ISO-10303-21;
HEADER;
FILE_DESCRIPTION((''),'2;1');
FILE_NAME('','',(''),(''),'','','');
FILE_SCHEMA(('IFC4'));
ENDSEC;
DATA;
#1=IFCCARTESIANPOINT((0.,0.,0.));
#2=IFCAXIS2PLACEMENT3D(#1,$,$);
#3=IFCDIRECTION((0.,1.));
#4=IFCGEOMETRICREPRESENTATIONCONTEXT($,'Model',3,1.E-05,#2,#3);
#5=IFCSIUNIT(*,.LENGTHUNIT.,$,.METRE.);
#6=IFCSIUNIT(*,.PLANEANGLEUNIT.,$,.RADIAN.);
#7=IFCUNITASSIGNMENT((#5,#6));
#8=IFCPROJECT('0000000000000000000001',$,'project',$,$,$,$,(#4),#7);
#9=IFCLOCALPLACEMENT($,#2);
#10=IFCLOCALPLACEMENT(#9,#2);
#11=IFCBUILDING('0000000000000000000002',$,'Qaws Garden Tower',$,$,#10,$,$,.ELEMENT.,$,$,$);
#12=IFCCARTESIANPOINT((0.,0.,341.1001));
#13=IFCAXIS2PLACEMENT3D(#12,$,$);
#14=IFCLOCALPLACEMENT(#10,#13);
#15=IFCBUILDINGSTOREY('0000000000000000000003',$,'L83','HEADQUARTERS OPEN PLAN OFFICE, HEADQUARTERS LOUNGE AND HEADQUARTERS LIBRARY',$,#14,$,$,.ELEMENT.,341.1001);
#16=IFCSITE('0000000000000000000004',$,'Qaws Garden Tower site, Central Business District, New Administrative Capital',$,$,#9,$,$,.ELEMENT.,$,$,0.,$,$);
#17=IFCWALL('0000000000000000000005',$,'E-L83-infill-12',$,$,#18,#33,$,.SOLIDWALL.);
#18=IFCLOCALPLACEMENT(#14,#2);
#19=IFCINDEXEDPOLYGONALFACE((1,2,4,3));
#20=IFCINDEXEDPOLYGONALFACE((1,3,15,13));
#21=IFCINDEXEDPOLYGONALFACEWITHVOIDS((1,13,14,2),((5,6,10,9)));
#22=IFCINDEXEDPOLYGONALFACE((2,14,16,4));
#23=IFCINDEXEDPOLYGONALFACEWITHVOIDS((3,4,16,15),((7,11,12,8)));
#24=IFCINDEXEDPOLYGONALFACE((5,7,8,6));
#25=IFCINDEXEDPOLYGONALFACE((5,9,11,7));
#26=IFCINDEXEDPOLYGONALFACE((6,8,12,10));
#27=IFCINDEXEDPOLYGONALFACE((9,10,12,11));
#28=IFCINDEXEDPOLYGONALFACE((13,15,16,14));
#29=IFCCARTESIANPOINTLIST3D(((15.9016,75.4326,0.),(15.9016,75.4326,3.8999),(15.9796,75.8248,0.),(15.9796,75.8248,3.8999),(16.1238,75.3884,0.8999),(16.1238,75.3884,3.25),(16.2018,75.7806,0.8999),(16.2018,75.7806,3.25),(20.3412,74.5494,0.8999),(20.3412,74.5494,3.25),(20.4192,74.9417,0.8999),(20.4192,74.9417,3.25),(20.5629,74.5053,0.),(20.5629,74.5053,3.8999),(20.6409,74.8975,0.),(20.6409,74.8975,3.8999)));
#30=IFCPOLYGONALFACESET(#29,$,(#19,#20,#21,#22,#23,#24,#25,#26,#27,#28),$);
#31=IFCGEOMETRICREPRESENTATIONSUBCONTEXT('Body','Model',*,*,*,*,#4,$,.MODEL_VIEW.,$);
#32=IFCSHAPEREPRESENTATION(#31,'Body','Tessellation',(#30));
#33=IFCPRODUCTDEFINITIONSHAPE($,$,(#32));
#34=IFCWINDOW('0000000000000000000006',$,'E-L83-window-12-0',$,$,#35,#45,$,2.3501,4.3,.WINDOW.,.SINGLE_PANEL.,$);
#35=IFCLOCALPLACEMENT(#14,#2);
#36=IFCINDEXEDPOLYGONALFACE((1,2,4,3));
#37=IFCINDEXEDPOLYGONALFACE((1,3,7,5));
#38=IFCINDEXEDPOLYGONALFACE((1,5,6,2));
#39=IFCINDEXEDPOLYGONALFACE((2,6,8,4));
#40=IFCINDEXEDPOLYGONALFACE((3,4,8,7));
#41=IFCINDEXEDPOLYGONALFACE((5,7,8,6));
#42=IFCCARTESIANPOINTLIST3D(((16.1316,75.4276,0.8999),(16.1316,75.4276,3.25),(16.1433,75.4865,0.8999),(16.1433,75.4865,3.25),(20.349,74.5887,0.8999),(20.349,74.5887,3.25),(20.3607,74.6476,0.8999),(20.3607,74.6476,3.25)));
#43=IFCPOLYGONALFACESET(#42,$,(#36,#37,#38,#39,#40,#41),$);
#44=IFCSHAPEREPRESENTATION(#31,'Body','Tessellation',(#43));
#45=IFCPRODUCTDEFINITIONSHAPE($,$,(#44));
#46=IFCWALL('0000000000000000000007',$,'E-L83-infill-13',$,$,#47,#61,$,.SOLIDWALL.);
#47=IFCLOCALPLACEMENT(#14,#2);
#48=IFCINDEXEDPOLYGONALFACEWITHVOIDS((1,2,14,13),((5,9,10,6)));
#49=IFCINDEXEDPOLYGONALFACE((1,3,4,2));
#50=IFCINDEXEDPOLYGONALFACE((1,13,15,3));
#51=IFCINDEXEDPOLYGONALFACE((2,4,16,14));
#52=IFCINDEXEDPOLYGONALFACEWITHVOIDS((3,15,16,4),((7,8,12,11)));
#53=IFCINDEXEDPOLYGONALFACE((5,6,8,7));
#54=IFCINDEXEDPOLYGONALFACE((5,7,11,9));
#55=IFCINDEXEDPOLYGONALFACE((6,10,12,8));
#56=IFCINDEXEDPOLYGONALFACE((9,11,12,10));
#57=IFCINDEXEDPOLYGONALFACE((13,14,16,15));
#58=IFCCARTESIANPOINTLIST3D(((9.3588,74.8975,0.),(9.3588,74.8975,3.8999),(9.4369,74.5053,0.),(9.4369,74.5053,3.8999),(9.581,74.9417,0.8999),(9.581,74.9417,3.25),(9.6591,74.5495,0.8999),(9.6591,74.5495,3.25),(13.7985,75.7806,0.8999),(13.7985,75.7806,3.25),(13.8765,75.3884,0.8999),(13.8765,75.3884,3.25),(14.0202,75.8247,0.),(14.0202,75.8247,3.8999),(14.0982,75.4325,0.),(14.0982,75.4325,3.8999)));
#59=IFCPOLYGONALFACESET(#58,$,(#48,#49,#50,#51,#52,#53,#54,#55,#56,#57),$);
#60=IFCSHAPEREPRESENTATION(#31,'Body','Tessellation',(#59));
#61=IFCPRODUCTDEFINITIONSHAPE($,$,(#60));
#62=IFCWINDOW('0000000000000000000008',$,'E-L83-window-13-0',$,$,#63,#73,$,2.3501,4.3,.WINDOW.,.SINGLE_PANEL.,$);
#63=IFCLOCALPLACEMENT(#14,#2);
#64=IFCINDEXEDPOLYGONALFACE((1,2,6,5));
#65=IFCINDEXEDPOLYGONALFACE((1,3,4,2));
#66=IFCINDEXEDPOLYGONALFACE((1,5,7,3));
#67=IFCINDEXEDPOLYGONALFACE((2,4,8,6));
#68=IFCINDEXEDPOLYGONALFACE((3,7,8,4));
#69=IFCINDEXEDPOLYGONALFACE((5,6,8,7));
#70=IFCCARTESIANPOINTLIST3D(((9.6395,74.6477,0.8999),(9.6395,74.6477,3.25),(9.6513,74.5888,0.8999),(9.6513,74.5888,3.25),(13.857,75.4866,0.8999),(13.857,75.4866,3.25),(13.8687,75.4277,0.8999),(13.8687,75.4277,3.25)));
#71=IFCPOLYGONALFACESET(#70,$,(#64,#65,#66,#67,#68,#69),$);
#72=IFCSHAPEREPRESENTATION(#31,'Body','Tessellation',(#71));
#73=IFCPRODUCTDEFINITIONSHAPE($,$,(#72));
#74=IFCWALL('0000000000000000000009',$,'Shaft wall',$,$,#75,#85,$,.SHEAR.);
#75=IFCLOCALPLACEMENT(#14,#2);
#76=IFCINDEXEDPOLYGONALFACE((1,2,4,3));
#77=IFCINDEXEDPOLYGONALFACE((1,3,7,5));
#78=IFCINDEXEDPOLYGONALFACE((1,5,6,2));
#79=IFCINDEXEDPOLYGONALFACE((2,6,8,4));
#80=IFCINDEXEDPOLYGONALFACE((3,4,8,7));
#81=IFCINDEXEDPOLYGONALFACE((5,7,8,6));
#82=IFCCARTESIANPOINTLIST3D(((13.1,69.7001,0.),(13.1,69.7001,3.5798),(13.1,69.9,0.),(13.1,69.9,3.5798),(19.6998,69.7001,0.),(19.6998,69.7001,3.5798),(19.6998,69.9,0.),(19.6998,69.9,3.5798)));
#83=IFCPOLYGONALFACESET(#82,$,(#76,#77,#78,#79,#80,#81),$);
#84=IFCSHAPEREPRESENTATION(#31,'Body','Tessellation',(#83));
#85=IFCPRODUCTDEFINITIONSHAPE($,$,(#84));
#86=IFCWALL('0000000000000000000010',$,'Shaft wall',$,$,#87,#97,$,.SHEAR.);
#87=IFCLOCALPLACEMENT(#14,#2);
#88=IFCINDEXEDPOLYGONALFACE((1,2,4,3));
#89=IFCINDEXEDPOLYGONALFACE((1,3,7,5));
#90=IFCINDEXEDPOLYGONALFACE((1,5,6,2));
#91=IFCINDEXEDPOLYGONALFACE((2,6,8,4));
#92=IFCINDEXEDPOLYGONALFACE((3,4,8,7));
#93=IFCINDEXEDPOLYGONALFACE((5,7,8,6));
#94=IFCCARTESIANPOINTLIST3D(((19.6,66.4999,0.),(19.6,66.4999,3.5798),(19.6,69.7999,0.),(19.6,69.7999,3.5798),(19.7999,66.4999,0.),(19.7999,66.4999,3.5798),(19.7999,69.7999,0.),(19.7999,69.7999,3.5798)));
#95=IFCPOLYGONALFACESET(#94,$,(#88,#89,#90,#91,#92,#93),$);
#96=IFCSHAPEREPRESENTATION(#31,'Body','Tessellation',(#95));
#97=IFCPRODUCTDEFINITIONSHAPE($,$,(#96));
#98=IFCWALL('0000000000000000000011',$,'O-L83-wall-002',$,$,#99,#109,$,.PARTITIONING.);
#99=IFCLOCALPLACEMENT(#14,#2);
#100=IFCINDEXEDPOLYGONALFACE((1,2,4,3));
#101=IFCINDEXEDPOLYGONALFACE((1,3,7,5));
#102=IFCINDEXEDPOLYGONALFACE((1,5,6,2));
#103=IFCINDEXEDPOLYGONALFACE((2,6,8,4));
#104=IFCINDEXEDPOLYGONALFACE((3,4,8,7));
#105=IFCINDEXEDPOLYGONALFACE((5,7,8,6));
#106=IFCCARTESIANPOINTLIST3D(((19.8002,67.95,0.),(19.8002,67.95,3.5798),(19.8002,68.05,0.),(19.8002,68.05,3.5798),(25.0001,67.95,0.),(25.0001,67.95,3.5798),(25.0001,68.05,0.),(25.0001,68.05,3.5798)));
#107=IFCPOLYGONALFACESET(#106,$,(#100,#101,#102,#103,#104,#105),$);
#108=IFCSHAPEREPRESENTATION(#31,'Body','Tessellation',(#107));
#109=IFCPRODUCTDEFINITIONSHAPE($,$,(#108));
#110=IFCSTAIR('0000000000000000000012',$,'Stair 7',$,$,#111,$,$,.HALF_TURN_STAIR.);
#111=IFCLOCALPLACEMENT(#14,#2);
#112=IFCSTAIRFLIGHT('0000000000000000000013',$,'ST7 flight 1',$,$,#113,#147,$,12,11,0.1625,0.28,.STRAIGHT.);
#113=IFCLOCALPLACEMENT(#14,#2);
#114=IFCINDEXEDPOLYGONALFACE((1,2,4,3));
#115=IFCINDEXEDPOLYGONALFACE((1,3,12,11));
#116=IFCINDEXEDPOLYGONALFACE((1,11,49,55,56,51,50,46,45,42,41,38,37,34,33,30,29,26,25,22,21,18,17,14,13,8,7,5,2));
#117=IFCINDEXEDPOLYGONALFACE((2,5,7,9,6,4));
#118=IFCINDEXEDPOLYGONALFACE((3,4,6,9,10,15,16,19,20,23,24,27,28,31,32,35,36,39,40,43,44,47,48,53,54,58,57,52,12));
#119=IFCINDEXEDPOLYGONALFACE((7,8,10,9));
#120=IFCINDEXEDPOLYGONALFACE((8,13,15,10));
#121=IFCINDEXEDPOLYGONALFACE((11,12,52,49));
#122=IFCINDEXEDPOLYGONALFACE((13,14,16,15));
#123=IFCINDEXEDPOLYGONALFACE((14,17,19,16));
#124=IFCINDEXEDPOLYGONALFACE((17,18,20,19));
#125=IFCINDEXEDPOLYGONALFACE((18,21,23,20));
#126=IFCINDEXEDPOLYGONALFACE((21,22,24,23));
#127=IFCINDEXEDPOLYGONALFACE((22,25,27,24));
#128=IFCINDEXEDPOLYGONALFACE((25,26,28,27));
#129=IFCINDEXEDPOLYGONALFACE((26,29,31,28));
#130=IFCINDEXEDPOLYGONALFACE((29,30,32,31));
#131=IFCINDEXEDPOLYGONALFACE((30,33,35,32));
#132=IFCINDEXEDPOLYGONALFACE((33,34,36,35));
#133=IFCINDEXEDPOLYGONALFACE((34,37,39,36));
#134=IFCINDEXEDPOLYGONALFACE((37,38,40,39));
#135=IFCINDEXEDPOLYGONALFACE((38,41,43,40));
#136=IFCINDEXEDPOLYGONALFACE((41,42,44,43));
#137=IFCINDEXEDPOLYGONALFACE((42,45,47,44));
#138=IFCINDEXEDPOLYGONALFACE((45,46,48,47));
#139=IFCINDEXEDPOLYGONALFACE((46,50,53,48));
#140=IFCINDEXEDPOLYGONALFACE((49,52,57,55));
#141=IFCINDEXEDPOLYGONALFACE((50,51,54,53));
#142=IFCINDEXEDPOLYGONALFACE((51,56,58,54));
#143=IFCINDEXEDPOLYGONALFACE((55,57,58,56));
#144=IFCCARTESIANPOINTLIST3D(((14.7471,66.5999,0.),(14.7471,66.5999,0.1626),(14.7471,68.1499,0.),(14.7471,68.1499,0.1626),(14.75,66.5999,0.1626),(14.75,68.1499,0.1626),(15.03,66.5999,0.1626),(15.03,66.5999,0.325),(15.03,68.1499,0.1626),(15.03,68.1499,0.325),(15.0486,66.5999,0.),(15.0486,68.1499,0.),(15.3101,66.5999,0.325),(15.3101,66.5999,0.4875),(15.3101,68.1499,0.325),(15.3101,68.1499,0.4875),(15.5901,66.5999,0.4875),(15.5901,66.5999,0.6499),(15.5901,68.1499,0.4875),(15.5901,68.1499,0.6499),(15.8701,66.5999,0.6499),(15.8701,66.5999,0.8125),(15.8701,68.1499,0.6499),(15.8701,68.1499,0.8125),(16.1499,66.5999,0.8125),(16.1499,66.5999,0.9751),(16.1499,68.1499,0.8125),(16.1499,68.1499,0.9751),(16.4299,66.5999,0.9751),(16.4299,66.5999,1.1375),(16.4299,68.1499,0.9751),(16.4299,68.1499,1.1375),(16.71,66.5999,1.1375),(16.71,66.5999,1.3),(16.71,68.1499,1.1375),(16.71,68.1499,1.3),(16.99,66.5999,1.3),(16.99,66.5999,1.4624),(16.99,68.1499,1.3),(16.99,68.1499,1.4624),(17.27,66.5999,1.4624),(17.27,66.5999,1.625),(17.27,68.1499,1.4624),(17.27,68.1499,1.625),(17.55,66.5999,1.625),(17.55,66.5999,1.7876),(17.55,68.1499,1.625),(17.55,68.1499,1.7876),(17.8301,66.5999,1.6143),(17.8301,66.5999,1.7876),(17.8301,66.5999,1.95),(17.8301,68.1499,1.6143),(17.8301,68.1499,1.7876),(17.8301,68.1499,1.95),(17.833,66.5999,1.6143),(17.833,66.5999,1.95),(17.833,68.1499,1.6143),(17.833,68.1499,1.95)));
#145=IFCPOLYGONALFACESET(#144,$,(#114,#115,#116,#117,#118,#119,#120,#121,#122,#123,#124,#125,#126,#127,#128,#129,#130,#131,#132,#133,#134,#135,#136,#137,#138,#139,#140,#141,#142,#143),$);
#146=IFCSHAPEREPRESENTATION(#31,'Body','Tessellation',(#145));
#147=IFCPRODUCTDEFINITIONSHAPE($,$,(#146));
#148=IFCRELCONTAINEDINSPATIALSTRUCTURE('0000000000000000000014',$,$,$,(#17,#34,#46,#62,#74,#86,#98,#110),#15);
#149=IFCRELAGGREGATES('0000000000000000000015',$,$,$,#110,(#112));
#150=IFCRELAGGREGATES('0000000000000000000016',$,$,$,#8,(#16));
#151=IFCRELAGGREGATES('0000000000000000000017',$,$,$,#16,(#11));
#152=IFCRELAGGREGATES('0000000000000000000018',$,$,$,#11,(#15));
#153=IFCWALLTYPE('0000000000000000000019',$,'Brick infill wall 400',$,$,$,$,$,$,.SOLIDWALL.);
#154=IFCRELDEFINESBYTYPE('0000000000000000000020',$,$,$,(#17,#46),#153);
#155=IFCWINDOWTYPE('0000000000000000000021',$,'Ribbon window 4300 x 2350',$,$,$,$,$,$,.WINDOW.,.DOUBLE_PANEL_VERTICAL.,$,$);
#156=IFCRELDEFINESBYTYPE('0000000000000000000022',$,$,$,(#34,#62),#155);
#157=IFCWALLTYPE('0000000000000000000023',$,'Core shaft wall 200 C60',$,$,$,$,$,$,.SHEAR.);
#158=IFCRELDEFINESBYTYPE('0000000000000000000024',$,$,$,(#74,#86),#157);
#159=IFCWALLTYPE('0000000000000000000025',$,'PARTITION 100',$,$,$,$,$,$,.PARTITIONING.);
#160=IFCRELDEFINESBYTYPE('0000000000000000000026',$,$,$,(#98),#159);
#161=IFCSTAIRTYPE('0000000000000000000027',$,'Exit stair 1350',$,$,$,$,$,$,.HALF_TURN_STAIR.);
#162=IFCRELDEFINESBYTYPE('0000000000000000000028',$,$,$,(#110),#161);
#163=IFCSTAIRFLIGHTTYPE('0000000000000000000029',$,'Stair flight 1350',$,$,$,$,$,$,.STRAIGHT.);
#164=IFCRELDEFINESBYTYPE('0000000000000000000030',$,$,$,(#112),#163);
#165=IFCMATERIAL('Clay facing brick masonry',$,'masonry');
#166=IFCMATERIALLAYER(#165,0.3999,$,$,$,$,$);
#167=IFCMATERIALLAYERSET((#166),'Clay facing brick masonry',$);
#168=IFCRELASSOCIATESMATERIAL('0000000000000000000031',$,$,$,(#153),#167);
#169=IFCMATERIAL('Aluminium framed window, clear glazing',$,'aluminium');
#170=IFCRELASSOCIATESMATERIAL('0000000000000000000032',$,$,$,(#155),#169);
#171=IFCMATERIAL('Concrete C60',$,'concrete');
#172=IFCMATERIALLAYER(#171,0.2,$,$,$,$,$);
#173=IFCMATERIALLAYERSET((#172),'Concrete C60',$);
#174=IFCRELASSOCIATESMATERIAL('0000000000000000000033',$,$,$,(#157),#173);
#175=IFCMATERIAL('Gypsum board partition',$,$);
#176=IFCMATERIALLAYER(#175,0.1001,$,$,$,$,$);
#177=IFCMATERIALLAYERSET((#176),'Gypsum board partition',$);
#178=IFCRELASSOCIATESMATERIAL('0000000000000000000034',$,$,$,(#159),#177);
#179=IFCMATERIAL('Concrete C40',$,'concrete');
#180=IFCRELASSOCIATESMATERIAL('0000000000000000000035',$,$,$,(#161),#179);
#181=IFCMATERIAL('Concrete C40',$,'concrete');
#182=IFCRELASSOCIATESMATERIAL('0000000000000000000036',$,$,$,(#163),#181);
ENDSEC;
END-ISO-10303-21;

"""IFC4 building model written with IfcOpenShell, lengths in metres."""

from ifc_helpers import new_model, si_unit, direction, frame, frame_2d, origin, place, context, subcontext, project, spatial, polyline, rectangle, outline, extrude, material, layer, layer_set, type_object, element, fill, aggregate, save


model = new_model("IFC4")

# Units and contexts
model_context = context("Model", 3, precision=1e-05, world=origin(), true_north=direction((0.0, 1.0)))
body_context = subcontext(model_context, "Body", "Model", "MODEL_VIEW")
ifc_project = project(units=[si_unit("LENGTHUNIT", "METRE"), si_unit("PLANEANGLEUNIT", "RADIAN")], contexts=[model_context])

# Site, building, storey
site_placement = place(None, origin())
site = spatial("IfcSite", under=ifc_project, at=site_placement, Name="Qaws Garden Tower site, Central Business District, New Administrative Capital", CompositionType="ELEMENT", RefElevation=0.0)
building_placement = place(site_placement, origin())
building = spatial("IfcBuilding", under=site, at=building_placement, Name="Qaws Garden Tower", CompositionType="ELEMENT")
storey_placement = place(building_placement, frame((0.0, 0.0, 341.1001)))
storey = spatial("IfcBuildingStorey", under=building, at=storey_placement, Name="L83", Description="HEADQUARTERS OPEN PLAN OFFICE, HEADQUARTERS LOUNGE AND HEADQUARTERS LIBRARY", CompositionType="ELEMENT", Elevation=341.1001)

# Walls, openings, windows
ifc_material_1 = material(Name="Clay facing brick masonry", Category="masonry")
ifc_layer_1 = layer(ifc_material_1, 0.3999)
ifc_layer_set_1 = layer_set([ifc_layer_1], Name="Clay facing brick masonry")
wall_type_1 = type_object("IfcWallType", Name="Brick infill wall 400", PredefinedType="SOLIDWALL", material=ifc_layer_set_1)
ifc_material_2 = material(Name="Aluminium framed window, clear glazing", Category="aluminium")
window_type = type_object("IfcWindowType", Name="Ribbon window 4300 x 2350", PartitioningType="DOUBLE_PANEL_VERTICAL", PredefinedType="WINDOW", material=ifc_material_2)
wall_1_placement = place(storey_placement, frame((20.6021, 74.7014, 0.0), z_axis=(0.0, 0.0, 1.0), x_axis=(-0.980784, 0.195099, 0.0)))
wall_1 = element("IfcWall", 1, at=wall_1_placement, inside=storey, type_object=wall_type_1, Name="E-L83-infill-12", PredefinedType="SOLIDWALL", context=body_context, shape_type="SweptSolid", body=[
    extrude(rectangle(XDim=4.7527, YDim=0.3999, at=frame_2d((2.3765, 0.0))), origin(), (0.0, 0.0, 1.0), 3.8999),
])
opening_1_placement = place(wall_1_placement, frame((0.2263, 0.0, 0.8999)))
opening_1 = element("IfcOpeningElement", 2, at=opening_1_placement, cuts=wall_1, PredefinedType="OPENING", context=body_context, shape_type="SweptSolid", body=[
    extrude(rectangle(XDim=4.3, YDim=2.3501, at=frame_2d((2.1499, 1.175))), frame((0.0, 0.21, 0.0), z_axis=(0.0, -1.0, 0.0), x_axis=(1.0, 0.0, 0.0)), (0.0, 0.0, 1.0), 0.4199),
])
window_1_placement = place(opening_1_placement, origin())
window_1 = element("IfcWindow", 3, at=window_1_placement, inside=storey, type_object=window_type, Name="E-L83-window-12-0", OverallHeight=2.3501, OverallWidth=4.3, PartitioningType="SINGLE_PANEL", PredefinedType="WINDOW", context=body_context, shape_type="SweptSolid", body=[
    extrude(rectangle(XDim=4.3, YDim=2.3501, at=frame_2d((2.1499, 1.175))), frame((0.0, 0.1599, 0.0), z_axis=(0.0, -1.0, 0.0), x_axis=(1.0, 0.0, 0.0)), (0.0, 0.0, 1.0), 0.0601),
])
fill(opening_1, window_1)
wall_2_placement = place(storey_placement, frame((14.0593, 75.6287, 0.0), z_axis=(0.0, 0.0, 1.0), x_axis=(-0.980784, -0.195099, 0.0)))
wall_2 = element("IfcWall", 4, at=wall_2_placement, inside=storey, type_object=wall_type_1, Name="E-L83-infill-13", PredefinedType="SOLIDWALL", context=body_context, shape_type="SweptSolid", body=[
    extrude(rectangle(XDim=4.7527, YDim=0.3999, at=frame_2d((2.3765, 0.0))), origin(), (0.0, 0.0, 1.0), 3.8999),
])
opening_2_placement = place(wall_2_placement, frame((0.2263, 0.0, 0.8999)))
opening_2 = element("IfcOpeningElement", 5, at=opening_2_placement, cuts=wall_2, PredefinedType="OPENING", context=body_context, shape_type="SweptSolid", body=[
    extrude(rectangle(XDim=4.3, YDim=2.3501, at=frame_2d((2.1499, 1.175))), frame((0.0, 0.21, 0.0), z_axis=(0.0, -1.0, 0.0), x_axis=(1.0, 0.0, 0.0)), (0.0, 0.0, 1.0), 0.4199),
])
window_2_placement = place(opening_2_placement, origin())
window_2 = element("IfcWindow", 6, at=window_2_placement, inside=storey, type_object=window_type, Name="E-L83-window-13-0", OverallHeight=2.3501, OverallWidth=4.3, PartitioningType="SINGLE_PANEL", PredefinedType="WINDOW", context=body_context, shape_type="SweptSolid", body=[
    extrude(rectangle(XDim=4.3, YDim=2.3501, at=frame_2d((2.1499, 1.175))), frame((0.0, 0.1599, 0.0), z_axis=(0.0, -1.0, 0.0), x_axis=(1.0, 0.0, 0.0)), (0.0, 0.0, 1.0), 0.0601),
])
fill(opening_2, window_2)

# Walls
ifc_material_3 = material(Name="Concrete C60", Category="concrete")
ifc_layer_2 = layer(ifc_material_3, 0.2)
ifc_layer_set_2 = layer_set([ifc_layer_2], Name="Concrete C60")
wall_type_2 = type_object("IfcWallType", Name="Core shaft wall 200 C60", PredefinedType="SHEAR", material=ifc_layer_set_2)
wall_3_placement = place(storey_placement, frame((13.1001, 69.8, 0.0), z_axis=(0.0, 0.0, 1.0), x_axis=(1.0, 0.0, 0.0)))
element("IfcWall", 7, at=wall_3_placement, inside=storey, type_object=wall_type_2, Name="Shaft wall", PredefinedType="SHEAR", context=body_context, shape_type="SweptSolid", body=[
    extrude(rectangle(XDim=6.5999, YDim=0.2, at=frame_2d((3.2998, 0.0))), origin(), (0.0, 0.0, 1.0), 3.5798),
])
wall_4_placement = place(storey_placement, frame((19.7, 66.5, 0.0), z_axis=(0.0, 0.0, 1.0), x_axis=(0.0, 1.0, 0.0)))
element("IfcWall", 8, at=wall_4_placement, inside=storey, type_object=wall_type_2, Name="Shaft wall", PredefinedType="SHEAR", context=body_context, shape_type="SweptSolid", body=[
    extrude(rectangle(XDim=3.3, YDim=0.2, at=frame_2d((1.6499, 0.0))), origin(), (0.0, 0.0, 1.0), 3.5798),
])
ifc_material_4 = material(Name="Gypsum board partition")
ifc_layer_3 = layer(ifc_material_4, 0.1001)
ifc_layer_set_3 = layer_set([ifc_layer_3], Name="Gypsum board partition")
wall_type_3 = type_object("IfcWallType", Name="PARTITION 100", PredefinedType="PARTITIONING", material=ifc_layer_set_3)
wall_5_placement = place(storey_placement, frame((19.8, 68.0, 0.0), z_axis=(0.0, 0.0, 1.0), x_axis=(1.0, 0.0, 0.0)))
element("IfcWall", 9, at=wall_5_placement, inside=storey, type_object=wall_type_3, Name="O-L83-wall-002", PredefinedType="PARTITIONING", context=body_context, shape_type="SweptSolid", body=[
    extrude(rectangle(XDim=5.2, YDim=0.1001, at=frame_2d((2.6001, 0.0))), origin(), (0.0, 0.0, 1.0), 3.5798),
])

# Stair, stair flight
ifc_material_5 = material(Name="Concrete C40", Category="concrete")
stair_type = type_object("IfcStairType", Name="Exit stair 1350", PredefinedType="HALF_TURN_STAIR", material=ifc_material_5)
stair_placement = place(storey_placement, origin())
stair = element("IfcStair", 10, at=stair_placement, inside=storey, type_object=stair_type, Name="Stair 7", PredefinedType="HALF_TURN_STAIR")
ifc_material_6 = material(Name="Concrete C40", Category="concrete")
stair_flight_type = type_object("IfcStairFlightType", Name="Stair flight 1350", PredefinedType="STRAIGHT", material=ifc_material_6)
stair_flight_1_placement = place(storey_placement, frame((14.75, 67.375, 0.0), z_axis=(0.0, 0.0, 1.0), x_axis=(1.0, 0.0, 0.0)))
stair_flight_1 = element("IfcStairFlight", 11, at=stair_flight_1_placement, type_object=stair_flight_type, Name="ST7 flight 1", NumberOfRisers=12, NumberOfTreads=11, PredefinedType="STRAIGHT", RiserHeight=0.1625, TreadLength=0.28, context=body_context, shape_type="SweptSolid", body=[
    extrude(outline(polyline([(-0.0029, 0.0), (-0.0029, 0.1626), (0.0, 0.1626), (0.28, 0.1626), (0.28, 0.325), (0.5601, 0.325), (0.5601, 0.4875), (0.8401, 0.4875), (0.8401, 0.6499), (1.1201, 0.6499), (1.1201, 0.8125), (1.3999, 0.8125), (1.3999, 0.9751), (1.6799, 0.9751), (1.6799, 1.1375), (1.96, 1.1375), (1.96, 1.3), (2.24, 1.3), (2.24, 1.4624), (2.52, 1.4624), (2.52, 1.625), (2.8, 1.625), (2.8, 1.7876), (3.0801, 1.7876), (3.0801, 1.95), (3.083, 1.95), (3.083, 1.6143), (3.0801, 1.6143), (0.2986, 0.0), (-0.0029, 0.0)])), frame((0.0, 0.7749, 0.0), z_axis=(0.0, -1.0, 0.0), x_axis=(1.0, 0.0, 0.0)), (0.0, 0.0, 1.0), 1.55),
])
aggregate(stair, [stair_flight_1])

save(model, "model.ifc")
